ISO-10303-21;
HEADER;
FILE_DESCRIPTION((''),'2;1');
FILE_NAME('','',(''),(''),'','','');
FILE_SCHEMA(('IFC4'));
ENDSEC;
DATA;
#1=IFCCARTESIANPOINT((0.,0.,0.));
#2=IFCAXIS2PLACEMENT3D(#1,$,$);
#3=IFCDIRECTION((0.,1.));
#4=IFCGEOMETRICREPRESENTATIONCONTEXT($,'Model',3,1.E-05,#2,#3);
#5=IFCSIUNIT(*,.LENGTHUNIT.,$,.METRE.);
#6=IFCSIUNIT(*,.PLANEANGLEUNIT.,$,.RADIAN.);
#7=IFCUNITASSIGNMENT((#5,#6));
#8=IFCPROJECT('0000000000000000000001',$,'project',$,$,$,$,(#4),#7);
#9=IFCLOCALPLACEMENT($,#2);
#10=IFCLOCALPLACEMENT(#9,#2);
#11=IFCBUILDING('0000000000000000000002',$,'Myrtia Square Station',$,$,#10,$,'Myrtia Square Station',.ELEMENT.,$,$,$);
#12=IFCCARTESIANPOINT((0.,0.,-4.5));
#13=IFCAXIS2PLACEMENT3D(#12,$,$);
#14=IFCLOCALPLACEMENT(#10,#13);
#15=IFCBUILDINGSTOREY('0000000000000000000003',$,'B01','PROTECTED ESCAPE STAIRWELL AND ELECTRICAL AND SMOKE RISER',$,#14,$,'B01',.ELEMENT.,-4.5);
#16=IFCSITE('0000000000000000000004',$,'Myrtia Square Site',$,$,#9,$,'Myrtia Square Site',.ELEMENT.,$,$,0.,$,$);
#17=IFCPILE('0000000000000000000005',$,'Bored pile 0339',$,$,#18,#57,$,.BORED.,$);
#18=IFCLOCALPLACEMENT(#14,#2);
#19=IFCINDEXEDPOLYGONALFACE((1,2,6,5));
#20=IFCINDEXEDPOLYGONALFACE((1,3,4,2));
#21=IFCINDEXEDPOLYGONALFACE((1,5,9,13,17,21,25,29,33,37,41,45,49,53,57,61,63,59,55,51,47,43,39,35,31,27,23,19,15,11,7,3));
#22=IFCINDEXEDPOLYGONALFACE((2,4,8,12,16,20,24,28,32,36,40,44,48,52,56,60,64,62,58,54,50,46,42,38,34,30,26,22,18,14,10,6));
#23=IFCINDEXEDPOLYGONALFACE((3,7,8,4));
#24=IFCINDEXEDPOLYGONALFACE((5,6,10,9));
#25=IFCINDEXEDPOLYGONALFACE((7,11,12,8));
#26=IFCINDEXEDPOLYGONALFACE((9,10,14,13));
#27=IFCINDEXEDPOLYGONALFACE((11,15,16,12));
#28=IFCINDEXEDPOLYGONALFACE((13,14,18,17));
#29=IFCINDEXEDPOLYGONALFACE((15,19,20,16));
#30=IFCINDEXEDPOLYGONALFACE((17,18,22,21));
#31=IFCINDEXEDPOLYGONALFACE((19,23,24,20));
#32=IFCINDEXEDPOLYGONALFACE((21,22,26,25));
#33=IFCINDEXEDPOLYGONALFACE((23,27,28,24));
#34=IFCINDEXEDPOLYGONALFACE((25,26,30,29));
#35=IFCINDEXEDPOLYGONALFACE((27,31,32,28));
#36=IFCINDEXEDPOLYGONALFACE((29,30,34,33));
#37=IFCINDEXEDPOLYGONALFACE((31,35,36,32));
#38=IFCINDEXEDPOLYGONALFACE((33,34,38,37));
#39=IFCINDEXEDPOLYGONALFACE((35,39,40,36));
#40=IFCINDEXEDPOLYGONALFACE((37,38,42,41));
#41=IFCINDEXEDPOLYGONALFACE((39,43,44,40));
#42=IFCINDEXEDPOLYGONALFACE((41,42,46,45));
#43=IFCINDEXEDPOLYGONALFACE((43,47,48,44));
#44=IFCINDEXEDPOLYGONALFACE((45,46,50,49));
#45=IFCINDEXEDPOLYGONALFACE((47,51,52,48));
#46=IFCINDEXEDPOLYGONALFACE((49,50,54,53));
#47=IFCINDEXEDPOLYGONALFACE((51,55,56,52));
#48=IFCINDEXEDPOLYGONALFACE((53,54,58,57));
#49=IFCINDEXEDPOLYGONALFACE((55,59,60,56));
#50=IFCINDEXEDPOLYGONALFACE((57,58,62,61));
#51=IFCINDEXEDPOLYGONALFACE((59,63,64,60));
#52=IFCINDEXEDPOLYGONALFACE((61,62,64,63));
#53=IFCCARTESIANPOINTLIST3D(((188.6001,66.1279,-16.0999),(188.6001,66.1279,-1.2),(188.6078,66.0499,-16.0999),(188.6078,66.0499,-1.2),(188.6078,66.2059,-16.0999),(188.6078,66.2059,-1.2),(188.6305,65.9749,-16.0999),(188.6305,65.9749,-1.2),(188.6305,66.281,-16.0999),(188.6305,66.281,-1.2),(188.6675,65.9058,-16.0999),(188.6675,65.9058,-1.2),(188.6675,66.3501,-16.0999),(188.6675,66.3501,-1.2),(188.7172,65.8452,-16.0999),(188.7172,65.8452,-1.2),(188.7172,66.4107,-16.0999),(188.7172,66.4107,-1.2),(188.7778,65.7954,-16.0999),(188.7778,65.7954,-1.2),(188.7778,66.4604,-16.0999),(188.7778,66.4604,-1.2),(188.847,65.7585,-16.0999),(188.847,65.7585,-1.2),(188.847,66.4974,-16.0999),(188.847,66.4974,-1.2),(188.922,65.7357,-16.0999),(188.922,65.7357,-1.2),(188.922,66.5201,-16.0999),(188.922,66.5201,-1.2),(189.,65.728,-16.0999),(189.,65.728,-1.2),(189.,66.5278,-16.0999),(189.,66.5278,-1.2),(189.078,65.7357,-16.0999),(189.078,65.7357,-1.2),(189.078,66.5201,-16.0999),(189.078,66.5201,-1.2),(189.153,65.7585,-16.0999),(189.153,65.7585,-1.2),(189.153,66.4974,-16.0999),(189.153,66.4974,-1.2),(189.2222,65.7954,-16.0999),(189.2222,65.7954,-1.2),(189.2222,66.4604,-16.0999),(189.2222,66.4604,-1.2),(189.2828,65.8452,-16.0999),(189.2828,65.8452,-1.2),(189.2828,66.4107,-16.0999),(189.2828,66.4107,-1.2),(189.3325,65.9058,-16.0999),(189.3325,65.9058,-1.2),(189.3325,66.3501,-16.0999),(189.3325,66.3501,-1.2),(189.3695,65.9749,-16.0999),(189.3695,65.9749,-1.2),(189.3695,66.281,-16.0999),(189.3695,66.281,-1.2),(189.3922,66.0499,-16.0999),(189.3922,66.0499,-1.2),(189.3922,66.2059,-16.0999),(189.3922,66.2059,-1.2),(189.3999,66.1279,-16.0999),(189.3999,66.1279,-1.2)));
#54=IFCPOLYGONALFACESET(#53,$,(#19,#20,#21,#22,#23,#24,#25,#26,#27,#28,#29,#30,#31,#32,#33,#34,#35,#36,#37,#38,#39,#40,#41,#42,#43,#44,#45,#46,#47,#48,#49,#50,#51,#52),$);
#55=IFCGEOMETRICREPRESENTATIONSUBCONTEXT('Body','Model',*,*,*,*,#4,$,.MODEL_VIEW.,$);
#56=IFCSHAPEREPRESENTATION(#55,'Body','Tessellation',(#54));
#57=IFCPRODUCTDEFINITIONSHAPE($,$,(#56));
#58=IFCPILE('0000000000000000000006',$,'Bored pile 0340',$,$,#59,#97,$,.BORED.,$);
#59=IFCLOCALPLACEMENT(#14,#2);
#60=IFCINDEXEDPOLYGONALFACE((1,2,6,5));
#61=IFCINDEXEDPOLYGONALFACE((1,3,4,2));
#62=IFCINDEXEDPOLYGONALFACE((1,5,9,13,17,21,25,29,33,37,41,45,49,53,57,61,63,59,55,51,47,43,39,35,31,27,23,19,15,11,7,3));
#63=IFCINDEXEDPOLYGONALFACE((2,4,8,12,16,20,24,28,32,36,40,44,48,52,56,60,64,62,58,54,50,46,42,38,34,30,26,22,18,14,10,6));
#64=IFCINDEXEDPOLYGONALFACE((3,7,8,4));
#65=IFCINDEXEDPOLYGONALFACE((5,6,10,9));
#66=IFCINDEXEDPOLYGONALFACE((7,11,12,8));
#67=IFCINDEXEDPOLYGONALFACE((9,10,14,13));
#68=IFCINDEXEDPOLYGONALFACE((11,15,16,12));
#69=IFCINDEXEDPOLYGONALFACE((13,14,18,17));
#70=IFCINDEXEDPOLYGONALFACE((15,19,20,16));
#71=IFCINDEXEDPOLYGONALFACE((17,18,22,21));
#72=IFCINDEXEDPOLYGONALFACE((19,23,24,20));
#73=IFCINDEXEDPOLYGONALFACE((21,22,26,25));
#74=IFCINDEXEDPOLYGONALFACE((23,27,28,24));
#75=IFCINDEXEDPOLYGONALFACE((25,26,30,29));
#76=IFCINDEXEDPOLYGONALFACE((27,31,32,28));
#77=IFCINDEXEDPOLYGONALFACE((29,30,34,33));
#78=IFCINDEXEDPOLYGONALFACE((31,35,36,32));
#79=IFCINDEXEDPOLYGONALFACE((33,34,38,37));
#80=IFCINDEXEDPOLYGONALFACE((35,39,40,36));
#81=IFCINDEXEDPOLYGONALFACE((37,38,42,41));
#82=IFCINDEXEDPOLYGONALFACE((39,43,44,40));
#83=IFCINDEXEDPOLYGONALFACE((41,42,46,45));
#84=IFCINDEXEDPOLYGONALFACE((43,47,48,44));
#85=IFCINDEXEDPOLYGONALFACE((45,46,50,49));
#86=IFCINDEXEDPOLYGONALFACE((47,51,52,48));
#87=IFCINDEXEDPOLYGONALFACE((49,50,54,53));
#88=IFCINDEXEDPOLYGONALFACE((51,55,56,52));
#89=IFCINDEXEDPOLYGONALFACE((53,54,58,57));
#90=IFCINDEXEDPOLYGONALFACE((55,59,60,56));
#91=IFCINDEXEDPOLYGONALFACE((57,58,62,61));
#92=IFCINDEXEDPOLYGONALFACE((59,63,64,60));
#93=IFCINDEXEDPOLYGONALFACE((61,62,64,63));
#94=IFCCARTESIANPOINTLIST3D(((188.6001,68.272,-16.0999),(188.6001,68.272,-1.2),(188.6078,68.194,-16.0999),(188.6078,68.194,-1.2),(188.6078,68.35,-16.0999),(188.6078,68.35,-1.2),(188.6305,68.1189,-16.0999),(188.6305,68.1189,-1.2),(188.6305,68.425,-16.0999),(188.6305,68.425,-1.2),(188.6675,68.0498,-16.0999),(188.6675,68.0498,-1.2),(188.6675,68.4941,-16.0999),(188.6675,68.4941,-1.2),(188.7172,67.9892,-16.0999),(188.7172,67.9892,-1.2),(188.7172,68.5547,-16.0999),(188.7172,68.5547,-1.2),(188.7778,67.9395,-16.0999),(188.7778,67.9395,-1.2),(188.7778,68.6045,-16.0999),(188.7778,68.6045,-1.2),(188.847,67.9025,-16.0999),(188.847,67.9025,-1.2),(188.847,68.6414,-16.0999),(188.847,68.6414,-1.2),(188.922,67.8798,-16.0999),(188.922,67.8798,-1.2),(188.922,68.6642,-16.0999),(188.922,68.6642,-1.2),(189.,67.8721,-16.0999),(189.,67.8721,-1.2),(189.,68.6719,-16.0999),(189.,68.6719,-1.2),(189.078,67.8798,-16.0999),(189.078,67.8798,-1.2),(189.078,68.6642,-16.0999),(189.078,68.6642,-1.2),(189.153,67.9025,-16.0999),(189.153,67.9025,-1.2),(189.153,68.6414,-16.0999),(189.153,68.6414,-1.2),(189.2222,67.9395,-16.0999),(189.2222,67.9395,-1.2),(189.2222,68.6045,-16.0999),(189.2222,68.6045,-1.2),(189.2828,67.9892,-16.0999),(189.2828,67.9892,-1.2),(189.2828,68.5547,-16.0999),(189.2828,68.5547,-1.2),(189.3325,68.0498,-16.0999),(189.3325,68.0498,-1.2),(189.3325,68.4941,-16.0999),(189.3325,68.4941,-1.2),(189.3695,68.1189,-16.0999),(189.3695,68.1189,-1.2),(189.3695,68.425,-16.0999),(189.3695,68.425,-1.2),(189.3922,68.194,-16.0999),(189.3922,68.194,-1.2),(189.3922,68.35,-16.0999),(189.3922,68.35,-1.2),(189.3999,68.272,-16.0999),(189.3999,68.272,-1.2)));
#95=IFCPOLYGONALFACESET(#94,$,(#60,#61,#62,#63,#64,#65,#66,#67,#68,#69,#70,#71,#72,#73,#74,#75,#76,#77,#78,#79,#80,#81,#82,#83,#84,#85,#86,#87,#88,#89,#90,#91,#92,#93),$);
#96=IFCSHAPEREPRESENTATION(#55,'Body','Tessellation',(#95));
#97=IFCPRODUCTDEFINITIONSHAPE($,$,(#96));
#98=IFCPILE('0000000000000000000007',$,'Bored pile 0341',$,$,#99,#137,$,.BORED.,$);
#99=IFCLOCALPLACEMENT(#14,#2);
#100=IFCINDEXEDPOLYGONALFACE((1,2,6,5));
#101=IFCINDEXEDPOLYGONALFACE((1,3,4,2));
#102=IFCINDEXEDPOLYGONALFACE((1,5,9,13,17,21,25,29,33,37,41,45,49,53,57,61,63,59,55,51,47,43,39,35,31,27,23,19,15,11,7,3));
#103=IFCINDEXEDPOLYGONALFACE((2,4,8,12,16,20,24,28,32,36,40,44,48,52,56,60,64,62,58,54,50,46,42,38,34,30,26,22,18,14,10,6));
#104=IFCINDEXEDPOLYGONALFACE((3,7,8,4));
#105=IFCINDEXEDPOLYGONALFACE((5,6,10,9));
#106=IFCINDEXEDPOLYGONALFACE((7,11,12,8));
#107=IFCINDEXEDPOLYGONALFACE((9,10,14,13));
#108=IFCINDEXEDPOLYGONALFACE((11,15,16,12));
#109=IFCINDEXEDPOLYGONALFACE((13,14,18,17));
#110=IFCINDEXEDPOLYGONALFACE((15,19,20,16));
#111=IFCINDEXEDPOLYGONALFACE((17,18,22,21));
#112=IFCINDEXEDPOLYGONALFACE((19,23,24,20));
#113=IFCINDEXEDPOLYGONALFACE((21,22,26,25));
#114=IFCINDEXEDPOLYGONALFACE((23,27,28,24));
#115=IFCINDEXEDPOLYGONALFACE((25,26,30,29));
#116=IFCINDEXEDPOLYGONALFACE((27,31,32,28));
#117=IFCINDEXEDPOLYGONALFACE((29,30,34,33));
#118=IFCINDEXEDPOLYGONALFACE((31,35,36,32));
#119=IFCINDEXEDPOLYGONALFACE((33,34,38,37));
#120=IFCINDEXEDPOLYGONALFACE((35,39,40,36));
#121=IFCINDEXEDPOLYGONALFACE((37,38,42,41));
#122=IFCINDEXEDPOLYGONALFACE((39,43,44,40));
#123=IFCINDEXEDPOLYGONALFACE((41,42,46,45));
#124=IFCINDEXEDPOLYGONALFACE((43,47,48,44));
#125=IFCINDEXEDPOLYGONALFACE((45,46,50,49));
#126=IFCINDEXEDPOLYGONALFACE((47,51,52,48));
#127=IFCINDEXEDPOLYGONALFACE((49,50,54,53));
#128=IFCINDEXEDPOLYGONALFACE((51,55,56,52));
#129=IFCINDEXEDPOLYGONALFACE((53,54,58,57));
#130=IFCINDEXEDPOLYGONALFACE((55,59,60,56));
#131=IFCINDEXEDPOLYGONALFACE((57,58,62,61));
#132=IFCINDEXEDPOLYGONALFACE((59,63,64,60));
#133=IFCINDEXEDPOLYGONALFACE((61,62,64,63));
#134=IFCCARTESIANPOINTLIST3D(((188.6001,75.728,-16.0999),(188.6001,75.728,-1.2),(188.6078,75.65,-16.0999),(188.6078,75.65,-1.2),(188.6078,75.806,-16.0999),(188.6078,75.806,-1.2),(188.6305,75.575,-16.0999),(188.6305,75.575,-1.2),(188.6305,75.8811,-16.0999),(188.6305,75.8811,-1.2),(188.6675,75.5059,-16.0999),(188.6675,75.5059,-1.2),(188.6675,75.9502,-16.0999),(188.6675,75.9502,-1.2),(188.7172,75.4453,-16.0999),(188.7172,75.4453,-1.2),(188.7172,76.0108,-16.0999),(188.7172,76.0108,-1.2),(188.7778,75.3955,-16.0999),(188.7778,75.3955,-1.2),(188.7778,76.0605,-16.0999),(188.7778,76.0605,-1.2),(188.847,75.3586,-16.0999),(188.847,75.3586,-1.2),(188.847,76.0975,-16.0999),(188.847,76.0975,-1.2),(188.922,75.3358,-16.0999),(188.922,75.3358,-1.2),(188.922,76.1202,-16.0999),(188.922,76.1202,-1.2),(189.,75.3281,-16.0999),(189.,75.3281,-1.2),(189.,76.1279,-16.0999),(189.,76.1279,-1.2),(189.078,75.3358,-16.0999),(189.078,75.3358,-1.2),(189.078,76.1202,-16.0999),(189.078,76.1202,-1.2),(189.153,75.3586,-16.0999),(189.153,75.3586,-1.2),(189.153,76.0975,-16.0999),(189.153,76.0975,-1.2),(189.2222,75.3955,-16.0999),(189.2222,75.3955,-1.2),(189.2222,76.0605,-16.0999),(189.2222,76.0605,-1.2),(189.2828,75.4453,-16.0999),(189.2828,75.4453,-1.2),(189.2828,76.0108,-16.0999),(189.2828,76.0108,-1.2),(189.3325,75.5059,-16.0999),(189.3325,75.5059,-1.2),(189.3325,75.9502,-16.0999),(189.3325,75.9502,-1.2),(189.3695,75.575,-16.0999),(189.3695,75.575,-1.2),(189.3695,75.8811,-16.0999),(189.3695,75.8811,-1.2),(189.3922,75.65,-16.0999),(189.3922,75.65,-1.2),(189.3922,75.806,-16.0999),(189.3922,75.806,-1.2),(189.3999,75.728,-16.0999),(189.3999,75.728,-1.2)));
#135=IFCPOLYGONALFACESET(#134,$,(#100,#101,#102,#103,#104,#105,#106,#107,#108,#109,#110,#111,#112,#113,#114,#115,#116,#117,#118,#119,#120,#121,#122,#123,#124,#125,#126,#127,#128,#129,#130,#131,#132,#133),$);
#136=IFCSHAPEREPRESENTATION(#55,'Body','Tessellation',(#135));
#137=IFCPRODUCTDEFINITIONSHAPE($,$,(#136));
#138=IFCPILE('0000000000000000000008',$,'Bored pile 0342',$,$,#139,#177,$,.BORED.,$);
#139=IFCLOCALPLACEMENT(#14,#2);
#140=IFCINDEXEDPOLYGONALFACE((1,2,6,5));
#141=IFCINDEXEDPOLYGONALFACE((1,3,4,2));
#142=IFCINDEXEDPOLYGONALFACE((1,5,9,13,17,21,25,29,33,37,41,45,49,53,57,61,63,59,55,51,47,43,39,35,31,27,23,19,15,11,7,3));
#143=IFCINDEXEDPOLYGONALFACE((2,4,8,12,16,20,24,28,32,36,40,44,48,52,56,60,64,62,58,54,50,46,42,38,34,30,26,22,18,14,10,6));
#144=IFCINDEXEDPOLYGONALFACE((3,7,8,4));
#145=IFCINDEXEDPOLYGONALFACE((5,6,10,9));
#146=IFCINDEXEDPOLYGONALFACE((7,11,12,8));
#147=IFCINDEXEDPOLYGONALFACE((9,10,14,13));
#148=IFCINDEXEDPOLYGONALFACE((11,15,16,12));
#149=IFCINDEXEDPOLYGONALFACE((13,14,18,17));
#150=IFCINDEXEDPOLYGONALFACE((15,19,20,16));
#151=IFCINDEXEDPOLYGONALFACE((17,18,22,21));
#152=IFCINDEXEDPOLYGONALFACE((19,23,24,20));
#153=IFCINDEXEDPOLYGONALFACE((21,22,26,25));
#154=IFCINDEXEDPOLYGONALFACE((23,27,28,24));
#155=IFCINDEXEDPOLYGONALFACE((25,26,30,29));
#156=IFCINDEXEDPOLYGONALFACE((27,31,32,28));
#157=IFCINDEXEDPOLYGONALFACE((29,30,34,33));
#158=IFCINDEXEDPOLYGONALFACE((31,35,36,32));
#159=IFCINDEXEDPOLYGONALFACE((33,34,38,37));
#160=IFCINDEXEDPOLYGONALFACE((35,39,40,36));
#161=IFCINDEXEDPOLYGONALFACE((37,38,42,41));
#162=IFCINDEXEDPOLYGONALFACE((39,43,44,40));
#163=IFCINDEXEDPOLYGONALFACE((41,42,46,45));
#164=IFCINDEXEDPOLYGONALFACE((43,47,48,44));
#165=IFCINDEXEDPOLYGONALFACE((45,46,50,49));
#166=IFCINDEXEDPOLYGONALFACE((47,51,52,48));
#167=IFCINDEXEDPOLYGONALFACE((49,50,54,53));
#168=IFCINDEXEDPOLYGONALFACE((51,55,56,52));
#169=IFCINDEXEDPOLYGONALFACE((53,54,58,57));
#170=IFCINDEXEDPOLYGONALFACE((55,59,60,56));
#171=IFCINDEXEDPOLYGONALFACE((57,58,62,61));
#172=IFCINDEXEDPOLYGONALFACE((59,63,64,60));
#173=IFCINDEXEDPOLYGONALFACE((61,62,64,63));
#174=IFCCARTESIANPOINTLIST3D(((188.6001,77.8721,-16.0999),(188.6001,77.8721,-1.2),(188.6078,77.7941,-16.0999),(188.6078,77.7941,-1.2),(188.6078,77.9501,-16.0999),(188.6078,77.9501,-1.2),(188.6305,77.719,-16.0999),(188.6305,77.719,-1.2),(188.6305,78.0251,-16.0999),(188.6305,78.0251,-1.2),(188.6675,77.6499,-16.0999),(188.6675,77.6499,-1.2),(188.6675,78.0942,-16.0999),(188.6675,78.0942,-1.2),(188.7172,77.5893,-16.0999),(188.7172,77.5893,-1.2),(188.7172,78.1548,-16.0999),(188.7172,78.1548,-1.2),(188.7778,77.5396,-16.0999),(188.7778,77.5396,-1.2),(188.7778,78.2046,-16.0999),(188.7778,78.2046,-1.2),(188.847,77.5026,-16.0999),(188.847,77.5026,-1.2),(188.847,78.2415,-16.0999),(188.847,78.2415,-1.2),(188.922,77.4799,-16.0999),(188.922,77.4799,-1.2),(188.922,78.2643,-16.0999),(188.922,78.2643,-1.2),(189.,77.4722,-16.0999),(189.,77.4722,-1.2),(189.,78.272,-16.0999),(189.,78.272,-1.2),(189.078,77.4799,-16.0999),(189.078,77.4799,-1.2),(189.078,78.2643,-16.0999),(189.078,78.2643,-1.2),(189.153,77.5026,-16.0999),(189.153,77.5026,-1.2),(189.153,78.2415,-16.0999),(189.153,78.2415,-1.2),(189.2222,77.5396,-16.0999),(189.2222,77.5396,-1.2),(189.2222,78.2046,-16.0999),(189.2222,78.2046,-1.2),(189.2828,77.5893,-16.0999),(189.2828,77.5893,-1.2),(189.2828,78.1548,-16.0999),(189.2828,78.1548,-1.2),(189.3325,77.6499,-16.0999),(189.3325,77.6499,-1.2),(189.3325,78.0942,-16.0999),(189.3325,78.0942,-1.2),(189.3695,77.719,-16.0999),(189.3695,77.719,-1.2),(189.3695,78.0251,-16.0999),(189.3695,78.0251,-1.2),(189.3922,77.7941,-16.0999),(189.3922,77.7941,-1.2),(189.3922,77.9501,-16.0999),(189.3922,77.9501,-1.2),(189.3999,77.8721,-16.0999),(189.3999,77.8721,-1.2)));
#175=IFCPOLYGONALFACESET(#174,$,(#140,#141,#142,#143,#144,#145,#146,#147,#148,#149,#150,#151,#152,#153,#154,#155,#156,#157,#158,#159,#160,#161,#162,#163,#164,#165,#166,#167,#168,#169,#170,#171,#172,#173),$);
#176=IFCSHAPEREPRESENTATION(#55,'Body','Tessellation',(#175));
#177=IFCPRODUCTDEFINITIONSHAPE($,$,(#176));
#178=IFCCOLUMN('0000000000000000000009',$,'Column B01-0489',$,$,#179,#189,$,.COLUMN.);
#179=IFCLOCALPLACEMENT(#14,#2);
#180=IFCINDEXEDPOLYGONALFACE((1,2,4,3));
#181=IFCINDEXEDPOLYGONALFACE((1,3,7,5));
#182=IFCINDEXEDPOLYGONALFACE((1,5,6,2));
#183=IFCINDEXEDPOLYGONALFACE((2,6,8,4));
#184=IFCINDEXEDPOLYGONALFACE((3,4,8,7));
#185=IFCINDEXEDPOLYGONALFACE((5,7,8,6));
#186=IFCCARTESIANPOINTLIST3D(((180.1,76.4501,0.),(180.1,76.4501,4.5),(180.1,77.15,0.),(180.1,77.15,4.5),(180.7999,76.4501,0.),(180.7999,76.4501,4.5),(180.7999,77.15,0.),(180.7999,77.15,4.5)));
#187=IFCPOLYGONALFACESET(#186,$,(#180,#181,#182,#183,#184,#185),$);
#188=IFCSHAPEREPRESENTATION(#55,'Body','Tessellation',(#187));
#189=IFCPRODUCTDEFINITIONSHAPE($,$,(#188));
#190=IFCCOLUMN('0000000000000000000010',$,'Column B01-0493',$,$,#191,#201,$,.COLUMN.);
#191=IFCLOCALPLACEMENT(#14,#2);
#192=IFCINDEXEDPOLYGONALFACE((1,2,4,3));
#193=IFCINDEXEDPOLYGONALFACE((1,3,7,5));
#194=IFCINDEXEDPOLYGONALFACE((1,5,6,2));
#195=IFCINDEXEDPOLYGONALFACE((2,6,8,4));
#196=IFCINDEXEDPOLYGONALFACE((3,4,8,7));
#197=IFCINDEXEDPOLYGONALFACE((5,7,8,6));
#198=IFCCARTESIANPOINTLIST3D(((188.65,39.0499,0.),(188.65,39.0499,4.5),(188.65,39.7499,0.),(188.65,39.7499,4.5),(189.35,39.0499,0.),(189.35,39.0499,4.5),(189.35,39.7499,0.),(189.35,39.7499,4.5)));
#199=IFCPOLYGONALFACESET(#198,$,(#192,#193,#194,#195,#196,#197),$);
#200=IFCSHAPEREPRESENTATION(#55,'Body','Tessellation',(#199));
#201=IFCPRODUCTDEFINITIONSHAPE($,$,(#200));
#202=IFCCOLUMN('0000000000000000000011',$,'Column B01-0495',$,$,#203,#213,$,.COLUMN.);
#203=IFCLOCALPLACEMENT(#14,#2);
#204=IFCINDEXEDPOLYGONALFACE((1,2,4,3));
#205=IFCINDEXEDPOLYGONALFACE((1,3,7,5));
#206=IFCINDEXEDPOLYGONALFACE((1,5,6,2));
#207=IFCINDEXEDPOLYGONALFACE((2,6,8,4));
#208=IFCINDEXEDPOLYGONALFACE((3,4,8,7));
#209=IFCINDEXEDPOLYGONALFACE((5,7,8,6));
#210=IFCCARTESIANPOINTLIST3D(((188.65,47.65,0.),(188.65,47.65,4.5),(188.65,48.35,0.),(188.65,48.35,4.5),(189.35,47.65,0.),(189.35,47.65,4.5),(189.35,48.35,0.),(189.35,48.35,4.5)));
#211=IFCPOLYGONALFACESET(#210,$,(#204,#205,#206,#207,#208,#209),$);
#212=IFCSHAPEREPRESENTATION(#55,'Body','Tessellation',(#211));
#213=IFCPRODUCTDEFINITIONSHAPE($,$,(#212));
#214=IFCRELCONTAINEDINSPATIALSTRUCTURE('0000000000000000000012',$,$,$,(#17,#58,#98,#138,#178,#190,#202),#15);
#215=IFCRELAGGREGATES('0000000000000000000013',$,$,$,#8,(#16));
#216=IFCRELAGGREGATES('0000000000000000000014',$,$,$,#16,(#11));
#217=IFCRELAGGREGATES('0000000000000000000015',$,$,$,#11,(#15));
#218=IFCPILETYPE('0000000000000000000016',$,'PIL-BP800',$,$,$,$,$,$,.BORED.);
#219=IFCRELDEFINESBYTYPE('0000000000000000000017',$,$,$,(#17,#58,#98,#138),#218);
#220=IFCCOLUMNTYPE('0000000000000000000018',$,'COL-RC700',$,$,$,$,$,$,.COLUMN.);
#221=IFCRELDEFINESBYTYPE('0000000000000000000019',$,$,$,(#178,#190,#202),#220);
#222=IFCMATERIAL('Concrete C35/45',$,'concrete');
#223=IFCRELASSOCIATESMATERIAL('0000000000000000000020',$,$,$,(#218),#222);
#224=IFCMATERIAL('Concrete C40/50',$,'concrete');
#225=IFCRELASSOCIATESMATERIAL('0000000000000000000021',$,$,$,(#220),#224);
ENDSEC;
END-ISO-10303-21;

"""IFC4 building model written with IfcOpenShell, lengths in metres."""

from ifc_helpers import new_model, si_unit, direction, frame, origin, origin_2d, place, context, subcontext, project, spatial, rectangle, circle, extrude, material, material_profile, profile_set, type_object, element, save


model = new_model("IFC4")

# Units and contexts
model_context = context("Model", 3, precision=1e-05, world=origin(), true_north=direction((0.0, 1.0)))
body_context = subcontext(model_context, "Body", "Model", "MODEL_VIEW")
ifc_project = project(units=[si_unit("LENGTHUNIT", "METRE"), si_unit("PLANEANGLEUNIT", "RADIAN")], contexts=[model_context])

# Site, building, storey
site_placement = place(None, origin())
site = spatial("IfcSite", under=ifc_project, at=site_placement, Name="Myrtia Square Site", LongName="Myrtia Square Site", CompositionType="ELEMENT", RefElevation=0.0)
building_placement = place(site_placement, origin())
building = spatial("IfcBuilding", under=site, at=building_placement, Name="Myrtia Square Station", LongName="Myrtia Square Station", CompositionType="ELEMENT")
storey_placement = place(building_placement, frame((0.0, 0.0, -4.5)))
storey = spatial("IfcBuildingStorey", under=building, at=storey_placement, Name="B01", Description="PROTECTED ESCAPE STAIRWELL AND ELECTRICAL AND SMOKE RISER", LongName="B01", CompositionType="ELEMENT", Elevation=-4.5)

# Shared definitions
ifc_material_1 = material(Name="Concrete C35/45", Category="concrete")

# Piles
ifc_material_profile_1 = material_profile(ifc_material_1, circle(Radius=0.3999, at=origin_2d()), Name="BP D800")
ifc_profile_set_1 = profile_set([ifc_material_profile_1], Name="Concrete C35/45")
pile_type_1 = type_object("IfcPileType", Name="PIL-BP800", PredefinedType="BORED", material=ifc_profile_set_1)
for number, where, z_axis, x_axis, name in (
    (1, (189.0, 66.1279, -1.2), (0.0, 0.0, -1.0), (1.0, 0.0, 0.0), "Bored pile 0339"),
    (2, (189.0, 68.272, -1.2), (0.0, 0.0, -1.0), (1.0, 0.0, 0.0), "Bored pile 0340"),
    (3, (189.0, 75.728, -1.2), (0.0, 0.0, -1.0), (1.0, 0.0, 0.0), "Bored pile 0341"),
    (4, (189.0, 77.8721, -1.2), (0.0, 0.0, -1.0), (1.0, 0.0, 0.0), "Bored pile 0342"),
):
    element("IfcPile", number, at=place(storey_placement, frame(where, z_axis=z_axis, x_axis=x_axis)), inside=storey, type_object=pile_type_1, Name=name, PredefinedType="BORED", context=body_context, shape_type="SweptSolid", body=[
        extrude(circle(Radius=0.3999, at=origin_2d()), origin(), (0.0, 0.0, 1.0), 14.8999),
    ])

# Columns
ifc_material_2 = material(Name="Concrete C40/50", Category="concrete")
ifc_material_profile_2 = material_profile(ifc_material_2, rectangle(XDim=0.7, YDim=0.7, at=origin_2d()), Name="RC 700x700")
ifc_profile_set_2 = profile_set([ifc_material_profile_2], Name="Concrete C40/50")
column_type = type_object("IfcColumnType", Name="COL-RC700", PredefinedType="COLUMN", material=ifc_profile_set_2)
for number, where, z_axis, x_axis, name in (
    (5, (180.45, 76.8, 0.0), (0.0, 0.0, 1.0), (1.0, 0.0, 0.0), "Column B01-0489"),
    (6, (189.0, 39.3999, 0.0), (0.0, 0.0, 1.0), (1.0, 0.0, 0.0), "Column B01-0493"),
    (7, (189.0, 48.0, 0.0), (0.0, 0.0, 1.0), (1.0, 0.0, 0.0), "Column B01-0495"),
):
    element("IfcColumn", number, at=place(storey_placement, frame(where, z_axis=z_axis, x_axis=x_axis)), inside=storey, type_object=column_type, Name=name, PredefinedType="COLUMN", context=body_context, shape_type="SweptSolid", body=[
        extrude(rectangle(XDim=0.7, YDim=0.7, at=origin_2d()), origin(), (0.0, 0.0, 1.0), 4.5),
    ])

save(model, "model.ifc")
